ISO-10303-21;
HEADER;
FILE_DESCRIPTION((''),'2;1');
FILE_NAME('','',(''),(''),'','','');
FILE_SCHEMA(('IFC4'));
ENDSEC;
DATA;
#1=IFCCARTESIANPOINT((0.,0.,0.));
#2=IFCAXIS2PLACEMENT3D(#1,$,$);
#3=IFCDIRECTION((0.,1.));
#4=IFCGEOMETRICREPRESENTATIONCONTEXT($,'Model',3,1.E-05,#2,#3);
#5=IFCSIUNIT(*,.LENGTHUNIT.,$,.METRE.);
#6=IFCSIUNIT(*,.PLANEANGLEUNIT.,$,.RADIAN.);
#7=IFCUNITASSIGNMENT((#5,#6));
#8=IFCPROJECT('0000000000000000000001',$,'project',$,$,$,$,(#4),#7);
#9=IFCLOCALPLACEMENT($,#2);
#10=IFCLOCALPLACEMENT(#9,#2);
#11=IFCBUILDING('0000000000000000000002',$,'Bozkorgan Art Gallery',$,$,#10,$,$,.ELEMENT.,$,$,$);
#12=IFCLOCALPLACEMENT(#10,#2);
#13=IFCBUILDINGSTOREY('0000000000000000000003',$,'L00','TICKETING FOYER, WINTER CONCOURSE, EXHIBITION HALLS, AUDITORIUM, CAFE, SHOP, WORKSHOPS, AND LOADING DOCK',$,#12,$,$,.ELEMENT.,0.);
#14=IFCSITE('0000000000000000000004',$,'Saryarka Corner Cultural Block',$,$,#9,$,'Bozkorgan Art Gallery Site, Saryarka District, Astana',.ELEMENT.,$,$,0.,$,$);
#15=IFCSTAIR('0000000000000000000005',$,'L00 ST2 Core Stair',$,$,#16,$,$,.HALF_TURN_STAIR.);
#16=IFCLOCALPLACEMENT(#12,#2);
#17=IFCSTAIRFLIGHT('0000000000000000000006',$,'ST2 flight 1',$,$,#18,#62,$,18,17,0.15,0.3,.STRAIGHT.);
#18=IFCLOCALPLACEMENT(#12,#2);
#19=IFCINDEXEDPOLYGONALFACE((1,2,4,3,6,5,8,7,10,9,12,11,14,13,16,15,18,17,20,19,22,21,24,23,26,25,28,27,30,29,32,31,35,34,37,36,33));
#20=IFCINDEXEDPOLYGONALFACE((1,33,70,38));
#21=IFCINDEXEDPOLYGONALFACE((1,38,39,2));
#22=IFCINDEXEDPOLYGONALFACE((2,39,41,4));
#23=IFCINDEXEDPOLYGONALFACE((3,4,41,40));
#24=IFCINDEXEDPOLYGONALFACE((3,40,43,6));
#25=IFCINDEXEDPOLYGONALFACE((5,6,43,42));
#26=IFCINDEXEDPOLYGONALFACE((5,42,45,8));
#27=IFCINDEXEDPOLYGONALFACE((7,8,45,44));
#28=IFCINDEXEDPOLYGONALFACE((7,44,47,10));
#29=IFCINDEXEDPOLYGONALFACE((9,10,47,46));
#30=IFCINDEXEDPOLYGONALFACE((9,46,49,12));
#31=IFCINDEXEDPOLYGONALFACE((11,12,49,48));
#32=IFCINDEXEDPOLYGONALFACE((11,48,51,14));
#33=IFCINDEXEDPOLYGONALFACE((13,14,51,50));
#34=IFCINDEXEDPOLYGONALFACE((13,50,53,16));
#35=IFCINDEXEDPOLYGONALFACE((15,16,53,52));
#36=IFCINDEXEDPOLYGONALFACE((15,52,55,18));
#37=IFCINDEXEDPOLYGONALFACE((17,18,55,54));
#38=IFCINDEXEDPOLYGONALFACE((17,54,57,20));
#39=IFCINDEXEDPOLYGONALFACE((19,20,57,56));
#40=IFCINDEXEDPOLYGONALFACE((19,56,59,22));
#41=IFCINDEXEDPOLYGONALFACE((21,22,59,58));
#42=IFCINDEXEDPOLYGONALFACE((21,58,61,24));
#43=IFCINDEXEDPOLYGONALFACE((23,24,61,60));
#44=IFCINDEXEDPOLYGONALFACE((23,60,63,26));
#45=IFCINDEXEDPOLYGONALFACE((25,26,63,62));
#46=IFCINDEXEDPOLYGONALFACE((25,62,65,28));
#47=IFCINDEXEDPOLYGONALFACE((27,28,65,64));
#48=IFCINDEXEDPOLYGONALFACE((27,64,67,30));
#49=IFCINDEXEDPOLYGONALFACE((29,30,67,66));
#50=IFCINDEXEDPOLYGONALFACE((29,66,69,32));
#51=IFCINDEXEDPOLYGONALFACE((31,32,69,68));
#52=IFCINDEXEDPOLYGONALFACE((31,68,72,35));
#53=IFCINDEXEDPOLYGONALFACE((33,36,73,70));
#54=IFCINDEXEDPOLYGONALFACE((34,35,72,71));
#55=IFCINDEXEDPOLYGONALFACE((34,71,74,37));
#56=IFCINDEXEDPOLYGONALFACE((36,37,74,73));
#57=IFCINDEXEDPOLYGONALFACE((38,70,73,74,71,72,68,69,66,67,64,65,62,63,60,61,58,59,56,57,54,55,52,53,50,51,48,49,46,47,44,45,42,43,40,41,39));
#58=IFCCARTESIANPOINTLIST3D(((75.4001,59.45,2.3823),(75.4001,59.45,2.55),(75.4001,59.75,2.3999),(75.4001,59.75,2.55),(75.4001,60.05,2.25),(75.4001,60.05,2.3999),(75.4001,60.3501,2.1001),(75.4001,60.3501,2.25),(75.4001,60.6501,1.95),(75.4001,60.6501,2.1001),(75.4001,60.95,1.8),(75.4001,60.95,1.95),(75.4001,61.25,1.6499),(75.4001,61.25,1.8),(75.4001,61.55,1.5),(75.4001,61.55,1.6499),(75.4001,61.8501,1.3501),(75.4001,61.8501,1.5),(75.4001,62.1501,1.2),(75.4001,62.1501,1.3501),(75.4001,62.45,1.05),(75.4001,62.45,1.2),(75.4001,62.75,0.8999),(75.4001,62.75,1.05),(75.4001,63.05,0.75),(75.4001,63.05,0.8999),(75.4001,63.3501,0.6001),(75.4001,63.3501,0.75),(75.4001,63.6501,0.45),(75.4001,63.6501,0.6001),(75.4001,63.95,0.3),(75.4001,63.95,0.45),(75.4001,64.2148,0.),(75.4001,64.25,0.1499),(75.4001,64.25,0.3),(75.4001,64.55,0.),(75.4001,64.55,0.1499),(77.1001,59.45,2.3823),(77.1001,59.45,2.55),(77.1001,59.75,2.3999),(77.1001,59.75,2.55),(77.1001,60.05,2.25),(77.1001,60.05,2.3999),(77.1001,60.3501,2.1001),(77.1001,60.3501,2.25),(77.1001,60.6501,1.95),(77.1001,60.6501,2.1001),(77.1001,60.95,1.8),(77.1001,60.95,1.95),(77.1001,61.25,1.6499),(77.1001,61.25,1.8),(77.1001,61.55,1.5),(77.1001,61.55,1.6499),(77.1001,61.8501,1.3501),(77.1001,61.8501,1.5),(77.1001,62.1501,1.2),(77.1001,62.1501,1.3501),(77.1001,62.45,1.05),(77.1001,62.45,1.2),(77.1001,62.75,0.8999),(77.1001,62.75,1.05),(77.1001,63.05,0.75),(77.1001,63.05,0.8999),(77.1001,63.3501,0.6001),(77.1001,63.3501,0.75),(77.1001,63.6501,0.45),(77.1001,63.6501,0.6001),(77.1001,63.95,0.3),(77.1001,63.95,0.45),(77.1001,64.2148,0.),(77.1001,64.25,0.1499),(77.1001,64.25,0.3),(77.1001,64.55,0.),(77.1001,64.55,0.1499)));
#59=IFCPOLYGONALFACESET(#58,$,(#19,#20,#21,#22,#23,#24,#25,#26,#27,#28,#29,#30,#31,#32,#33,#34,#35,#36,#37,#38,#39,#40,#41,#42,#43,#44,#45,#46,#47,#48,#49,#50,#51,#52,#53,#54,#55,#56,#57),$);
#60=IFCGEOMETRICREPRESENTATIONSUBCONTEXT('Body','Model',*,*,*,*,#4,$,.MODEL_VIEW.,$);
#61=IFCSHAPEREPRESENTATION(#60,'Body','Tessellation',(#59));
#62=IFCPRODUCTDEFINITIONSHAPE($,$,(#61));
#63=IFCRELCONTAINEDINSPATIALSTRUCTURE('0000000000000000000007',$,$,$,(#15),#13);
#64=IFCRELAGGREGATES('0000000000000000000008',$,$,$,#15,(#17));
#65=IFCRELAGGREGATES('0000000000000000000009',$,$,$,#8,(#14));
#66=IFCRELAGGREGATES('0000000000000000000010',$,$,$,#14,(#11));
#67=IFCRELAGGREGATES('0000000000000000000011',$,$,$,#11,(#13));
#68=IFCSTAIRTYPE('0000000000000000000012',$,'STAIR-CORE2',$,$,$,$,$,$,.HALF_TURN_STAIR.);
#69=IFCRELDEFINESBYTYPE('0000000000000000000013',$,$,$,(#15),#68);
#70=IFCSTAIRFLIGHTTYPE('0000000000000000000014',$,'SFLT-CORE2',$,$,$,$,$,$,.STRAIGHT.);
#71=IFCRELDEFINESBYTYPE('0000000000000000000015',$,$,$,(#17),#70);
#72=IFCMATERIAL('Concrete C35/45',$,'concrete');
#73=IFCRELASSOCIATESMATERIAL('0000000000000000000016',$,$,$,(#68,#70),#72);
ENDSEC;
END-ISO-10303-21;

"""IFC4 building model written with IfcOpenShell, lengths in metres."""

from ifc_helpers import new_model, si_unit, direction, frame, origin, place, context, subcontext, project, spatial, polyline, outline, extrude, material, type_object, element, aggregate, save


model = new_model("IFC4")

# Units and contexts
model_context = context("Model", 3, precision=1e-05, world=origin(), true_north=direction((0.0, 1.0)))
body_context = subcontext(model_context, "Body", "Model", "MODEL_VIEW")
ifc_project = project(units=[si_unit("LENGTHUNIT", "METRE"), si_unit("PLANEANGLEUNIT", "RADIAN")], contexts=[model_context])

# Site, building, storey
site_placement = place(None, origin())
site = spatial("IfcSite", under=ifc_project, at=site_placement, Name="Saryarka Corner Cultural Block", LongName="Bozkorgan Art Gallery Site, Saryarka District, Astana", CompositionType="ELEMENT", RefElevation=0.0)
building_placement = place(site_placement, origin())
building = spatial("IfcBuilding", under=site, at=building_placement, Name="Bozkorgan Art Gallery", CompositionType="ELEMENT")
storey_placement = place(building_placement, origin())
storey = spatial("IfcBuildingStorey", under=building, at=storey_placement, Name="L00", Description="TICKETING FOYER, WINTER CONCOURSE, EXHIBITION HALLS, AUDITORIUM, CAFE, SHOP, WORKSHOPS, AND LOADING DOCK", CompositionType="ELEMENT", Elevation=0.0)

# Stair, stair flight
ifc_material_1 = material(Name="Concrete C35/45", Category="concrete")
stair_type_1 = type_object("IfcStairType", Name="STAIR-CORE2", PredefinedType="HALF_TURN_STAIR", material=ifc_material_1)
stair_1_placement = place(storey_placement, origin())
stair_1 = element("IfcStair", 1, at=stair_1_placement, inside=storey, type_object=stair_type_1, Name="L00 ST2 Core Stair", PredefinedType="HALF_TURN_STAIR")
stair_flight_type_1 = type_object("IfcStairFlightType", Name="SFLT-CORE2", PredefinedType="STRAIGHT", material=ifc_material_1)
stair_flight_1_placement = place(storey_placement, frame((76.25, 64.55, 0.0), z_axis=(0.0, 0.0, 1.0), x_axis=(0.0, -1.0, 0.0)))
stair_flight_1 = element("IfcStairFlight", 2, at=stair_flight_1_placement, type_object=stair_flight_type_1, Name="ST2 flight 1", NumberOfRisers=18, NumberOfTreads=17, PredefinedType="STRAIGHT", RiserHeight=0.15, TreadLength=0.3, context=body_context, shape_type="SweptSolid", body=[
    extrude(outline(polyline([(0.0, 0.0), (0.0, 0.1499), (0.3, 0.1499), (0.3, 0.3), (0.6001, 0.3), (0.6001, 0.45), (0.8999, 0.45), (0.8999, 0.6001), (1.2, 0.6001), (1.2, 0.75), (1.5, 0.75), (1.5, 0.8999), (1.8, 0.8999), (1.8, 1.05), (2.1001, 1.05), (2.1001, 1.2), (2.3999, 1.2), (2.3999, 1.3501), (2.7, 1.3501), (2.7, 1.5), (3.0, 1.5), (3.0, 1.6499), (3.3, 1.6499), (3.3, 1.8), (3.6001, 1.8), (3.6001, 1.95), (3.8999, 1.95), (3.8999, 2.1001), (4.2, 2.1001), (4.2, 2.25), (4.5, 2.25), (4.5, 2.3999), (4.8, 2.3999), (4.8, 2.55), (5.1001, 2.55), (5.1001, 2.7), (5.1001, 2.3823), (0.3352, 0.0), (0.0, 0.0)])), frame((0.0, 0.8501, 0.0), z_axis=(0.0, -1.0, 0.0), x_axis=(1.0, 0.0, 0.0)), (0.0, 0.0, 1.0), 1.7),
])
aggregate(stair_1, [stair_flight_1])

save(model, "model.ifc")
